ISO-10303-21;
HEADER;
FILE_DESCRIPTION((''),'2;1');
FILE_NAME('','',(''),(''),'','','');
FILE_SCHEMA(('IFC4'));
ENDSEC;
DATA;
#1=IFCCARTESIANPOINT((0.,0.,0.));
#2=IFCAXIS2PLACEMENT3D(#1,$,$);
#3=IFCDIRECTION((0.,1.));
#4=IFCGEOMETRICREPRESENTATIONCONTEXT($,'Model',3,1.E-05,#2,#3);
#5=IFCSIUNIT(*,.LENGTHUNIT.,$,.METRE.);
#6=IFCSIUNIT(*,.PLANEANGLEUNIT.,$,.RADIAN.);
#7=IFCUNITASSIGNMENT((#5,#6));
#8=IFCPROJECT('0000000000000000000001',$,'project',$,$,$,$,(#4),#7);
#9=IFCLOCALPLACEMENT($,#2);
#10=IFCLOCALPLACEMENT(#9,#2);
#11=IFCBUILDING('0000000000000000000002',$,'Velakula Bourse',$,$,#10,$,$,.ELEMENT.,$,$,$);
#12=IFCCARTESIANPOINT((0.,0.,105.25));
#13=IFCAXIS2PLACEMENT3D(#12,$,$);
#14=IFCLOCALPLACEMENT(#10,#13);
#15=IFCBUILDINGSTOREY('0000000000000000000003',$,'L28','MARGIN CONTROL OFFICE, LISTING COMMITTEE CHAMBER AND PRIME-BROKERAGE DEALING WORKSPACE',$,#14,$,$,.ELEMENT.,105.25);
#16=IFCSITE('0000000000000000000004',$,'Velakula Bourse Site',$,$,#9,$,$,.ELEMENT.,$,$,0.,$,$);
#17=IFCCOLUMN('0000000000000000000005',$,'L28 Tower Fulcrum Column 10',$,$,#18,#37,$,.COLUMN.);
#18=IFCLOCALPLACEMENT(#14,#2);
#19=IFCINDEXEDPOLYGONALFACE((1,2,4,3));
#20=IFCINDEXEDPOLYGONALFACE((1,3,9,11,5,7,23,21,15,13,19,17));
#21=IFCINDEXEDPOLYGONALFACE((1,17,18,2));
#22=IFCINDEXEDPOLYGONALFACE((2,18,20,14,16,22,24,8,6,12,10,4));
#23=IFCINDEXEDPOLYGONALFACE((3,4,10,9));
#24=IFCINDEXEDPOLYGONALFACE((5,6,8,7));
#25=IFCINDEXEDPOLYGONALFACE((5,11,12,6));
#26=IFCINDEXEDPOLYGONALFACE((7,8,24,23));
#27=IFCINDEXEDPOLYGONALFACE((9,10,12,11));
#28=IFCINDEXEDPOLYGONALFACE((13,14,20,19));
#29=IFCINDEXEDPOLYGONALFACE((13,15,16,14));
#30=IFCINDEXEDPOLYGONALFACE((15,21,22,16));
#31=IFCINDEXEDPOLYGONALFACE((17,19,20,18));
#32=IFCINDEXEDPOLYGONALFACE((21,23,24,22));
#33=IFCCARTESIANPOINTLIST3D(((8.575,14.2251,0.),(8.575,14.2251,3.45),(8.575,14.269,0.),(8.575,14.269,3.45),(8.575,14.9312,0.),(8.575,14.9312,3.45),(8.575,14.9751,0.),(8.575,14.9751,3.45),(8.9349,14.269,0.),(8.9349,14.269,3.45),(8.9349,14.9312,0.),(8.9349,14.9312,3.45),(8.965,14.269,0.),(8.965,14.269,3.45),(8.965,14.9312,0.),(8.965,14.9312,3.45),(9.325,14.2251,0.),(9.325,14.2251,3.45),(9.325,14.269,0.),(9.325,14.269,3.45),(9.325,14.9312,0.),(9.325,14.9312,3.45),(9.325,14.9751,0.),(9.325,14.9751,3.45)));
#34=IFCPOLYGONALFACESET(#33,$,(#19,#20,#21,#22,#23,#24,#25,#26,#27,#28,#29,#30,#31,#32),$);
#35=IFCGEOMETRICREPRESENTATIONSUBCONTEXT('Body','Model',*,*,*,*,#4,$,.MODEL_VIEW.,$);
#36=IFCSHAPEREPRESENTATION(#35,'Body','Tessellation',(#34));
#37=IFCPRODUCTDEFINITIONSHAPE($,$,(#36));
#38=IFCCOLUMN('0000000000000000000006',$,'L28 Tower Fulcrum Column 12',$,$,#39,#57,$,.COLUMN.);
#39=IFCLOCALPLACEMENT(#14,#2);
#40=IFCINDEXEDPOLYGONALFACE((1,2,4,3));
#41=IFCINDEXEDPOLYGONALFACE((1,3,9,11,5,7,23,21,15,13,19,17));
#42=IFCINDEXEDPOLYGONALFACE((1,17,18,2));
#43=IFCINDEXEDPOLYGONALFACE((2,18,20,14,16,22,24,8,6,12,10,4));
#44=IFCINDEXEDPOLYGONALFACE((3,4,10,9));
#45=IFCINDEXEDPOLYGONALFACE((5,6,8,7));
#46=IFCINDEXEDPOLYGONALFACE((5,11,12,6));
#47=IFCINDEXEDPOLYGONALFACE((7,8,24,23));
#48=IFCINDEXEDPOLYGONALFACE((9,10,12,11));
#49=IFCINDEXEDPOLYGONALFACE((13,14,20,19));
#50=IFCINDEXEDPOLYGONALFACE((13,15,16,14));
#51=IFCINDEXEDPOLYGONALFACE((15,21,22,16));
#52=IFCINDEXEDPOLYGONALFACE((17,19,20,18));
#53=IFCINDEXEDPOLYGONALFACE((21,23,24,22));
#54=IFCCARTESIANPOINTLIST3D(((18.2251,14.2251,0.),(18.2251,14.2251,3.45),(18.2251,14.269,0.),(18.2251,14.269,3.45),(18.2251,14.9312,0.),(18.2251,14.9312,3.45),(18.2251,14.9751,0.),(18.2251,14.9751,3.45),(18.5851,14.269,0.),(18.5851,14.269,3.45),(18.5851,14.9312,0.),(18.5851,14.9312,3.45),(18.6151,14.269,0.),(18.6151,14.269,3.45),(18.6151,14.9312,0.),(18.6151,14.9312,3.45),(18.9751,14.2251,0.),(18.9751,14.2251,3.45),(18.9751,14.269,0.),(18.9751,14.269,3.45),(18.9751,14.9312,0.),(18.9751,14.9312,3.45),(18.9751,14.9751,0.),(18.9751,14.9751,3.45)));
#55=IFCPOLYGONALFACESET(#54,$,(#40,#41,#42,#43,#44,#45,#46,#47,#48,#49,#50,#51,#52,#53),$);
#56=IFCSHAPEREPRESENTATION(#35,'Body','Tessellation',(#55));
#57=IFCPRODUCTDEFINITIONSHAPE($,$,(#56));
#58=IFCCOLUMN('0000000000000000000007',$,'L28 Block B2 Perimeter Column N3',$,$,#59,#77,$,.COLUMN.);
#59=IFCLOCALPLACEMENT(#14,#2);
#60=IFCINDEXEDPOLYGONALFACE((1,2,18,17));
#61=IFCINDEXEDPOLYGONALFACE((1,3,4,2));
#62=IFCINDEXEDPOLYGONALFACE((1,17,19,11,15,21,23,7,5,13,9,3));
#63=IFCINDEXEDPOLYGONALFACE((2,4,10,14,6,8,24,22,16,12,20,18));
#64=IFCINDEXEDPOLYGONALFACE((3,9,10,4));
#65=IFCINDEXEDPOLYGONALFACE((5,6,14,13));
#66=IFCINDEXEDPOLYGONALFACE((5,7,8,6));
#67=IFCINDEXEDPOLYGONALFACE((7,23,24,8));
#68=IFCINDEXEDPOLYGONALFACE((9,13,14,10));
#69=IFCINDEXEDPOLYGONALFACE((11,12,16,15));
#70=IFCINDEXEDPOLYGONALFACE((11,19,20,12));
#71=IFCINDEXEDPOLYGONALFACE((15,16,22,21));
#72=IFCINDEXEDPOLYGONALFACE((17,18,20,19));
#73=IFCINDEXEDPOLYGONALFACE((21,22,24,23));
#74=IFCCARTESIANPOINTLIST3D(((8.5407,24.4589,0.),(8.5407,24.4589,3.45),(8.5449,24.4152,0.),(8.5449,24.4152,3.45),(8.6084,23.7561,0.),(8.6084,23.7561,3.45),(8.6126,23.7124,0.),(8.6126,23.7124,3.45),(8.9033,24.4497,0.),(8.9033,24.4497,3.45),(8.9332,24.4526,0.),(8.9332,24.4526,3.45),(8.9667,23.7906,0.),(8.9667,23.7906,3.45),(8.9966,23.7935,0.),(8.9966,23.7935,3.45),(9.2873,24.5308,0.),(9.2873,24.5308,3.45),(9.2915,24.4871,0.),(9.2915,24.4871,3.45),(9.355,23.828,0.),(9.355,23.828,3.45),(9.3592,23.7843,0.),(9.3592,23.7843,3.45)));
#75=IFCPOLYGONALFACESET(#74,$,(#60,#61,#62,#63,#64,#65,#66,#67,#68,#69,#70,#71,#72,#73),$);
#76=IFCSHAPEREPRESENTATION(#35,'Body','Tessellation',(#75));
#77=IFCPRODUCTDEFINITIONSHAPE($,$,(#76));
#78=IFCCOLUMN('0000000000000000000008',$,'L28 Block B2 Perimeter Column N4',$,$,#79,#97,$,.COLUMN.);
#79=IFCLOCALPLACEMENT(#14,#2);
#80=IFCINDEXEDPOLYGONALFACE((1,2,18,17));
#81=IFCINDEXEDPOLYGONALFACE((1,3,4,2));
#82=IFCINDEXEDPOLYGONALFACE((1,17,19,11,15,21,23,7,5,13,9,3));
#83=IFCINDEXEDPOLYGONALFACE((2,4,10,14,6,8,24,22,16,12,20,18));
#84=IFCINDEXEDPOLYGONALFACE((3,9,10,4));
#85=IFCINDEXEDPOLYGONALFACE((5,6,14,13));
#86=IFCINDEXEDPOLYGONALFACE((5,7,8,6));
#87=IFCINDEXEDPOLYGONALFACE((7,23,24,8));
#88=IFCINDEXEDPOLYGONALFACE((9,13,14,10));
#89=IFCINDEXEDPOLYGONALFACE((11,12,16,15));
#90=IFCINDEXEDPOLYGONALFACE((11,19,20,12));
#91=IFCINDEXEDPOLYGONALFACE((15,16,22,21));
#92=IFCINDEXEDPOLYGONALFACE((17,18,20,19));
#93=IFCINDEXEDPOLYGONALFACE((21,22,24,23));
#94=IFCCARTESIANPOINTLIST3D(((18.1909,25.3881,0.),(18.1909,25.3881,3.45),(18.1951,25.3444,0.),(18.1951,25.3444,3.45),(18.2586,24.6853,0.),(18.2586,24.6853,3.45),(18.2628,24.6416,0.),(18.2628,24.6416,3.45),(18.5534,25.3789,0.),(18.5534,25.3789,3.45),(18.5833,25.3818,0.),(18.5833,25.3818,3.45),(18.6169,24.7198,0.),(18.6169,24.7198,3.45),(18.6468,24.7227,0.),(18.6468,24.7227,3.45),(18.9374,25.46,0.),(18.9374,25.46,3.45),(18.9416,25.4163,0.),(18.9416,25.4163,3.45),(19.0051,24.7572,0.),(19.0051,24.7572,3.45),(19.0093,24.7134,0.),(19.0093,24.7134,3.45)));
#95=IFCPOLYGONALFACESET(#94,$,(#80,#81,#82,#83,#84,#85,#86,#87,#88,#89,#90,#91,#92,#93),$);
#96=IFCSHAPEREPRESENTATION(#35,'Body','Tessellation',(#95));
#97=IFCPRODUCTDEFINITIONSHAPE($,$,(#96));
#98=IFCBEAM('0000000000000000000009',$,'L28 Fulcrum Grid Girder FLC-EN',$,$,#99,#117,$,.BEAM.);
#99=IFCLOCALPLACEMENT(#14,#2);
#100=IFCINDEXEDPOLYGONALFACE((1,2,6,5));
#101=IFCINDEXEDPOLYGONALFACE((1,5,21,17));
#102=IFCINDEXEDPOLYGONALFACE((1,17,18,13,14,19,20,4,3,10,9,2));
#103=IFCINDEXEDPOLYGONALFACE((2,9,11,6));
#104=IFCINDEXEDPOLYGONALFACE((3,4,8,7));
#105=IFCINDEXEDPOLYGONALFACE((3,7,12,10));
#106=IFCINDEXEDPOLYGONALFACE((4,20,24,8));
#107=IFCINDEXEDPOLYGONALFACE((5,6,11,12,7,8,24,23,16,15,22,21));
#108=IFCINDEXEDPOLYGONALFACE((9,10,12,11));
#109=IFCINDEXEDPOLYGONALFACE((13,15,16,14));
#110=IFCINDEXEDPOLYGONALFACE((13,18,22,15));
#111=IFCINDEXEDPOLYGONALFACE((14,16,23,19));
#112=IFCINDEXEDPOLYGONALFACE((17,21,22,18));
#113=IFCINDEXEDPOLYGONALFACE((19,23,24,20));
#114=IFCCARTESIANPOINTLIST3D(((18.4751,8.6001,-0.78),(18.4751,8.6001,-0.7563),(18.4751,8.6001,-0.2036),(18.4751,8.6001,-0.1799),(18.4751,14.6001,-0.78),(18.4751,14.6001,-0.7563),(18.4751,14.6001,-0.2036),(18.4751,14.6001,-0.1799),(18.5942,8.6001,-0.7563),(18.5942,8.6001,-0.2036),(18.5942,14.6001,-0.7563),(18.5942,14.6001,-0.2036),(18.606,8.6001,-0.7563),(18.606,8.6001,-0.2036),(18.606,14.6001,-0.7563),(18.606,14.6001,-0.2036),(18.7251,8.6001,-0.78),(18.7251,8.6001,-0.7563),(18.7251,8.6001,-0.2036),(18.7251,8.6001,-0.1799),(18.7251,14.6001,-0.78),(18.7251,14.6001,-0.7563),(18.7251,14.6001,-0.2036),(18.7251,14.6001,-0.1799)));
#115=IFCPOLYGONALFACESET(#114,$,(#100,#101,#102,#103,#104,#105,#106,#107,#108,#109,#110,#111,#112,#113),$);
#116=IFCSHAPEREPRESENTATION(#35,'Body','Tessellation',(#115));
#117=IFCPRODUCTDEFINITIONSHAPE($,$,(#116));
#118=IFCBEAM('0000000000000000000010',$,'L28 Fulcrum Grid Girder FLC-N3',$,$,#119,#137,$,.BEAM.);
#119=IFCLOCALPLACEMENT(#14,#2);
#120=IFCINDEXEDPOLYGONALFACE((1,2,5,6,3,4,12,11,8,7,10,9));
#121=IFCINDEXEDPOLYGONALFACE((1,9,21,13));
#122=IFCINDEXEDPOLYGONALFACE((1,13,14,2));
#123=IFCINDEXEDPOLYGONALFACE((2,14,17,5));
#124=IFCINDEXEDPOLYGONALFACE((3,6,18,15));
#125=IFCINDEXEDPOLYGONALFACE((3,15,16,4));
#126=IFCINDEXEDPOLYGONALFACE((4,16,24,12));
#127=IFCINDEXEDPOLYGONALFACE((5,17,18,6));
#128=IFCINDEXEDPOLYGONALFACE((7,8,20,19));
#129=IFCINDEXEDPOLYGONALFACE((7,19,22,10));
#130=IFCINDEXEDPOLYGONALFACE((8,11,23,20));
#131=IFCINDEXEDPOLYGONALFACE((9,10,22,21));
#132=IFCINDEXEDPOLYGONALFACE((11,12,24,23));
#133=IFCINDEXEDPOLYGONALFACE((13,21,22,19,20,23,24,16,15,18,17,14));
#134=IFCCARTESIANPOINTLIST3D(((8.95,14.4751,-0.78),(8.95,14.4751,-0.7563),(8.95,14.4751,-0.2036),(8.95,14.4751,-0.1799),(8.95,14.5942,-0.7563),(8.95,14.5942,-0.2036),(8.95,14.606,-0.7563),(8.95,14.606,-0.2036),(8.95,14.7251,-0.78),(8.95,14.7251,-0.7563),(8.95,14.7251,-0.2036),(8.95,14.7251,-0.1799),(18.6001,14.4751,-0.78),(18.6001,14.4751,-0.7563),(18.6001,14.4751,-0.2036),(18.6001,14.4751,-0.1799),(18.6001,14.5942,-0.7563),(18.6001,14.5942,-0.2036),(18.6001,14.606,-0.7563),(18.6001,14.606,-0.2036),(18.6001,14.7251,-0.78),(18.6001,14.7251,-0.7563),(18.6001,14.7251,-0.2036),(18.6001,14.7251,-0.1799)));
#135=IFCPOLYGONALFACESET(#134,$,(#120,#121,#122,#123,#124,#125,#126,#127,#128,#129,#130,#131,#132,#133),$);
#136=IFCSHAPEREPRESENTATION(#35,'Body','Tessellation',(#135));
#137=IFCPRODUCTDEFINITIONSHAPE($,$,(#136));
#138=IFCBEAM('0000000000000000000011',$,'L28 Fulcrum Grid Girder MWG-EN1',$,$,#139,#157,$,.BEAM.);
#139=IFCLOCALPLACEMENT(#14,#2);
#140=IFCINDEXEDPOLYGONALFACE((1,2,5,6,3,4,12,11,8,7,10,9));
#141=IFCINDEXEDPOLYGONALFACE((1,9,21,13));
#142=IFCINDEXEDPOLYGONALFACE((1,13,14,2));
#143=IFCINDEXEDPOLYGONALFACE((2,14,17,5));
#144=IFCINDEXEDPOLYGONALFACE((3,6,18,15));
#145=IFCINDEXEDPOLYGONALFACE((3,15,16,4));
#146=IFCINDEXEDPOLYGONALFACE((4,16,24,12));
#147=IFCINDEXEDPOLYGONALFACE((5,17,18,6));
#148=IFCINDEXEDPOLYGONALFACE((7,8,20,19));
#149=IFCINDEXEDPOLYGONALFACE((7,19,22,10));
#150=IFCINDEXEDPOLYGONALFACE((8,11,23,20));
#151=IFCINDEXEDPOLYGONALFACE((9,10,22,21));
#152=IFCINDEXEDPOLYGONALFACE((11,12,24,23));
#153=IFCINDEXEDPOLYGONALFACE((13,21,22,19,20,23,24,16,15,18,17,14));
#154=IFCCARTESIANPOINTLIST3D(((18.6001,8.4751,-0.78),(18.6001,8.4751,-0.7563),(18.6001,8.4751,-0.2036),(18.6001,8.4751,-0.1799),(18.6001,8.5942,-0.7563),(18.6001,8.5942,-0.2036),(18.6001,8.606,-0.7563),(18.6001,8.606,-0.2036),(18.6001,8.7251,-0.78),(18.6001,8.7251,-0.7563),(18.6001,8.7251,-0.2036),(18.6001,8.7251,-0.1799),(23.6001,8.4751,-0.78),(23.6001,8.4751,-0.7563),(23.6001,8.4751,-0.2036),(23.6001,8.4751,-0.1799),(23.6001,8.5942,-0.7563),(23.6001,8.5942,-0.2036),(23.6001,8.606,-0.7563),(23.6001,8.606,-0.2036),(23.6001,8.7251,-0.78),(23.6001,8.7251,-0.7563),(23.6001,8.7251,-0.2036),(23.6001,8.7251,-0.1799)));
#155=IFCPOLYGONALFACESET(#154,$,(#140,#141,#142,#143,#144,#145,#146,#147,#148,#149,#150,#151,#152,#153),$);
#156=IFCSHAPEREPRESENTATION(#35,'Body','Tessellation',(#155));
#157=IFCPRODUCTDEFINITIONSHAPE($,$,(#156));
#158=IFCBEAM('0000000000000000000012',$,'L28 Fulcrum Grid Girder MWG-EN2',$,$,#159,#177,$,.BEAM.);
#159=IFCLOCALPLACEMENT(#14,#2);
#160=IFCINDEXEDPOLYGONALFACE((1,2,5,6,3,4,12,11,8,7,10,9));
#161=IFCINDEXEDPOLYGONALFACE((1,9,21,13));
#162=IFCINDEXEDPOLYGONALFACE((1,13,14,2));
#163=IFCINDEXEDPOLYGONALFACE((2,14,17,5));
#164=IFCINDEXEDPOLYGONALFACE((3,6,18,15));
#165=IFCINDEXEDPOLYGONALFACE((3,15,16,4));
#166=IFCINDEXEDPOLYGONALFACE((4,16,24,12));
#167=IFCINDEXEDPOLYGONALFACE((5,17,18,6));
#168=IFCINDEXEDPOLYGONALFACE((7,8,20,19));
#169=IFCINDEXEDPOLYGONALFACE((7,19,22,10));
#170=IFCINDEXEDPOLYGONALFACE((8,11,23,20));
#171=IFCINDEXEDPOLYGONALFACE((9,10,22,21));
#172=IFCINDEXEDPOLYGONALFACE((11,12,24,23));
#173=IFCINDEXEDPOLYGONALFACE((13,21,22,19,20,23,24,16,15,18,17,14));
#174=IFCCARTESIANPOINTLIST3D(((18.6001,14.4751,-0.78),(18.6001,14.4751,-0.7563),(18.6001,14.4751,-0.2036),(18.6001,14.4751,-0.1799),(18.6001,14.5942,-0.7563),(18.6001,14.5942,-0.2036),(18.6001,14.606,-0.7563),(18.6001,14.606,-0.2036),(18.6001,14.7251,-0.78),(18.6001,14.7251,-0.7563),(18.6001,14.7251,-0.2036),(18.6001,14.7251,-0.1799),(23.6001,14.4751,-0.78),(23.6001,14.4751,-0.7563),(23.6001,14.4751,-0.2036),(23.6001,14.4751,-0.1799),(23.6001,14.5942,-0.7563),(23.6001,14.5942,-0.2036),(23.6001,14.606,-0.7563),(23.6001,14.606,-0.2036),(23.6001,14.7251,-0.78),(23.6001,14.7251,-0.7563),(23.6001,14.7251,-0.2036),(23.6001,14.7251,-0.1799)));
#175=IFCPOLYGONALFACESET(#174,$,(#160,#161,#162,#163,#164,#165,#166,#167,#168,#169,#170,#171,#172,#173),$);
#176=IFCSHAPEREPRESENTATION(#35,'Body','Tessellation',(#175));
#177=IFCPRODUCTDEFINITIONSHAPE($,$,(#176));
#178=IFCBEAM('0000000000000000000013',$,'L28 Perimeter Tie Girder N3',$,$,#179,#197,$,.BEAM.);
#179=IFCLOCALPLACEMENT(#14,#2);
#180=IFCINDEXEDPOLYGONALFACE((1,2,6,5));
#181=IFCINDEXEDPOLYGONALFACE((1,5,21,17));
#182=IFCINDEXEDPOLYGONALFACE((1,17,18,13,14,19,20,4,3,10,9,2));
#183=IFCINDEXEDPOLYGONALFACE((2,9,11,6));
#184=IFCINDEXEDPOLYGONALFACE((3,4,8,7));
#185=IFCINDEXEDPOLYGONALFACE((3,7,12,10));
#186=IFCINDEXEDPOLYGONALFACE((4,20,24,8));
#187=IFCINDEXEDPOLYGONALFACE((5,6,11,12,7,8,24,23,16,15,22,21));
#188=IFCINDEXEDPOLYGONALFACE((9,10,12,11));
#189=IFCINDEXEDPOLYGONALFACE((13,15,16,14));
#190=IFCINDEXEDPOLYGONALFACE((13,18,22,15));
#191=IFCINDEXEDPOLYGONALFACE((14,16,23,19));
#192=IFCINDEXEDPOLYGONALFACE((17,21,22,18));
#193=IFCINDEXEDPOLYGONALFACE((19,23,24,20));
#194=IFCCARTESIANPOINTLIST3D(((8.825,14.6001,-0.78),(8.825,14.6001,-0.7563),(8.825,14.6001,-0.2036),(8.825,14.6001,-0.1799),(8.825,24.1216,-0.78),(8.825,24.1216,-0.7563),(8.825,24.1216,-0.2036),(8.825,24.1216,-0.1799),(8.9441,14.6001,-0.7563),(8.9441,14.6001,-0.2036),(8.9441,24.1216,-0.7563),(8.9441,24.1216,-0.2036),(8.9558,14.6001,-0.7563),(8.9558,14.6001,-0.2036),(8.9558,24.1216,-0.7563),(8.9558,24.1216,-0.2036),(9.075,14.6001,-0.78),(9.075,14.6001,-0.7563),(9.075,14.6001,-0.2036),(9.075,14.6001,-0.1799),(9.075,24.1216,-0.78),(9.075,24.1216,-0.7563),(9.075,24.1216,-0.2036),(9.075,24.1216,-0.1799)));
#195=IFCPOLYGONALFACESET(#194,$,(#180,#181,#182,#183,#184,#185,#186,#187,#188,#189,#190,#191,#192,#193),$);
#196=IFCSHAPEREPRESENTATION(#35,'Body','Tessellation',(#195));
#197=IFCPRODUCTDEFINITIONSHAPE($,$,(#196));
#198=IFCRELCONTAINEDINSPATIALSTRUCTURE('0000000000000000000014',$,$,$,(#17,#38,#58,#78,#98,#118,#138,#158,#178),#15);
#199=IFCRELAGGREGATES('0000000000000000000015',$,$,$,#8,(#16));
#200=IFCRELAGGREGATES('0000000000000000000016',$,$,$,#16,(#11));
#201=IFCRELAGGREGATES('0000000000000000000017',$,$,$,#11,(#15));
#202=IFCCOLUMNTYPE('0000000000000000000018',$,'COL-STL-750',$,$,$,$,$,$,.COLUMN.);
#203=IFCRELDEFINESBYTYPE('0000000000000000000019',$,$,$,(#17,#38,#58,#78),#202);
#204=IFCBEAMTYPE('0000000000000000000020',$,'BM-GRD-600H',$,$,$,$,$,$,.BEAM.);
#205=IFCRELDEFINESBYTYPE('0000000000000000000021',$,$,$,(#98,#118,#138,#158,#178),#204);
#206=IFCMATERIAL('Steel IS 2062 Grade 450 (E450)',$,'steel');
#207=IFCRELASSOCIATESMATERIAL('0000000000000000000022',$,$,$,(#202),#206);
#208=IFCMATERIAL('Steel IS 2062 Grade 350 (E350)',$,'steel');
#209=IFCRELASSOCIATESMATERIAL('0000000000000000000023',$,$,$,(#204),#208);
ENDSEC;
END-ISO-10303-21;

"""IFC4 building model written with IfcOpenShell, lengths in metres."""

from ifc_helpers import new_model, si_unit, direction, frame, origin, origin_2d, place, context, subcontext, project, spatial, i_section, extrude, material, material_profile, profile_set, type_object, element, save


model = new_model("IFC4")

# Units and contexts
model_context = context("Model", 3, precision=1e-05, world=origin(), true_north=direction((0.0, 1.0)))
body_context = subcontext(model_context, "Body", "Model", "MODEL_VIEW")
ifc_project = project(units=[si_unit("LENGTHUNIT", "METRE"), si_unit("PLANEANGLEUNIT", "RADIAN")], contexts=[model_context])

# Site, building, storey
site_placement = place(None, origin())
site = spatial("IfcSite", under=ifc_project, at=site_placement, Name="Velakula Bourse Site", CompositionType="ELEMENT", RefElevation=0.0)
building_placement = place(site_placement, origin())
building = spatial("IfcBuilding", under=site, at=building_placement, Name="Velakula Bourse", CompositionType="ELEMENT")
storey_placement = place(building_placement, frame((0.0, 0.0, 105.25)))
storey = spatial("IfcBuildingStorey", under=building, at=storey_placement, Name="L28", Description="MARGIN CONTROL OFFICE, LISTING COMMITTEE CHAMBER AND PRIME-BROKERAGE DEALING WORKSPACE", CompositionType="ELEMENT", Elevation=105.25)

# Columns
ifc_material_1 = material(Name="Steel IS 2062 Grade 450 (E450)", Category="steel")
ifc_material_profile_1 = material_profile(ifc_material_1, i_section(OverallWidth=0.75, OverallDepth=0.75, WebThickness=0.03, FlangeThickness=0.0439, at=origin_2d()), Name="Steel IS 2062 Grade 450 (E450)")
ifc_profile_set_1 = profile_set([ifc_material_profile_1], Name="Steel IS 2062 Grade 450 (E450)")
column_type = type_object("IfcColumnType", Name="COL-STL-750", PredefinedType="COLUMN", material=ifc_profile_set_1)
for number, where, z_axis, x_axis, name in (
    (1, (8.95, 14.6001, 0.0), (0.0, 0.0, 1.0), (1.0, 0.0, 0.0), "L28 Tower Fulcrum Column 10"),
    (2, (18.6001, 14.6001, 0.0), (0.0, 0.0, 1.0), (1.0, 0.0, 0.0), "L28 Tower Fulcrum Column 12"),
    (3, (8.95, 24.1216, 0.0), (0.0, 0.0, 1.0), (0.995396, 0.095846, 0.0), "L28 Block B2 Perimeter Column N3"),
    (4, (18.6001, 25.0508, 0.0), (0.0, 0.0, 1.0), (0.995396, 0.095846, 0.0), "L28 Block B2 Perimeter Column N4"),
):
    element("IfcColumn", number, at=place(storey_placement, frame(where, z_axis=z_axis, x_axis=x_axis)), inside=storey, type_object=column_type, Name=name, PredefinedType="COLUMN", context=body_context, shape_type="SweptSolid", body=[
        extrude(i_section(OverallWidth=0.75, OverallDepth=0.75, WebThickness=0.03, FlangeThickness=0.0439, at=origin_2d()), origin(), (0.0, 0.0, 1.0), 3.45),
    ])

# Beams
ifc_material_2 = material(Name="Steel IS 2062 Grade 350 (E350)", Category="steel")
ifc_material_profile_2 = material_profile(ifc_material_2, i_section(OverallWidth=0.25, OverallDepth=0.6001, WebThickness=0.0117, FlangeThickness=0.0237, at=origin_2d()), Name="Steel IS 2062 Grade 350 (E350)")
ifc_profile_set_2 = profile_set([ifc_material_profile_2], Name="Steel IS 2062 Grade 350 (E350)")
beam_type_1 = type_object("IfcBeamType", Name="BM-GRD-600H", PredefinedType="BEAM", material=ifc_profile_set_2)
beam_1_placement = place(storey_placement, frame((18.6001, 8.6001, -0.48), z_axis=(0.0, 1.0, 0.0), x_axis=(-1.0, 0.0, 0.0)))
element("IfcBeam", 5, at=beam_1_placement, inside=storey, type_object=beam_type_1, Name="L28 Fulcrum Grid Girder FLC-EN", PredefinedType="BEAM", context=body_context, shape_type="SweptSolid", body=[
    extrude(i_section(OverallWidth=0.25, OverallDepth=0.6001, WebThickness=0.0117, FlangeThickness=0.0237, at=origin_2d()), origin(), (0.0, 0.0, 1.0), 6.0),
])
beam_2_placement = place(storey_placement, frame((8.95, 14.6001, -0.48), z_axis=(1.0, 0.0, 0.0), x_axis=(0.0, 1.0, 0.0)))
element("IfcBeam", 6, at=beam_2_placement, inside=storey, type_object=beam_type_1, Name="L28 Fulcrum Grid Girder FLC-N3", PredefinedType="BEAM", context=body_context, shape_type="SweptSolid", body=[
    extrude(i_section(OverallWidth=0.25, OverallDepth=0.6001, WebThickness=0.0117, FlangeThickness=0.0237, at=origin_2d()), origin(), (0.0, 0.0, 1.0), 9.6501),
])
for number, where, z_axis, x_axis, name in (
    (7, (18.6001, 8.6001, -0.48), (1.0, 0.0, 0.0), (0.0, 1.0, 0.0), "L28 Fulcrum Grid Girder MWG-EN1"),
    (8, (18.6001, 14.6001, -0.48), (1.0, 0.0, 0.0), (0.0, 1.0, 0.0), "L28 Fulcrum Grid Girder MWG-EN2"),
):
    element("IfcBeam", number, at=place(storey_placement, frame(where, z_axis=z_axis, x_axis=x_axis)), inside=storey, type_object=beam_type_1, Name=name, PredefinedType="BEAM", context=body_context, shape_type="SweptSolid", body=[
        extrude(i_section(OverallWidth=0.25, OverallDepth=0.6001, WebThickness=0.0117, FlangeThickness=0.0237, at=origin_2d()), origin(), (0.0, 0.0, 1.0), 5.0),
    ])
beam_3_placement = place(storey_placement, frame((8.95, 14.6001, -0.48), z_axis=(0.0, 1.0, 0.0), x_axis=(-1.0, 0.0, 0.0)))
element("IfcBeam", 9, at=beam_3_placement, inside=storey, type_object=beam_type_1, Name="L28 Perimeter Tie Girder N3", PredefinedType="BEAM", context=body_context, shape_type="SweptSolid", body=[
    extrude(i_section(OverallWidth=0.25, OverallDepth=0.6001, WebThickness=0.0117, FlangeThickness=0.0237, at=origin_2d()), origin(), (0.0, 0.0, 1.0), 9.5215),
])

save(model, "model.ifc")
